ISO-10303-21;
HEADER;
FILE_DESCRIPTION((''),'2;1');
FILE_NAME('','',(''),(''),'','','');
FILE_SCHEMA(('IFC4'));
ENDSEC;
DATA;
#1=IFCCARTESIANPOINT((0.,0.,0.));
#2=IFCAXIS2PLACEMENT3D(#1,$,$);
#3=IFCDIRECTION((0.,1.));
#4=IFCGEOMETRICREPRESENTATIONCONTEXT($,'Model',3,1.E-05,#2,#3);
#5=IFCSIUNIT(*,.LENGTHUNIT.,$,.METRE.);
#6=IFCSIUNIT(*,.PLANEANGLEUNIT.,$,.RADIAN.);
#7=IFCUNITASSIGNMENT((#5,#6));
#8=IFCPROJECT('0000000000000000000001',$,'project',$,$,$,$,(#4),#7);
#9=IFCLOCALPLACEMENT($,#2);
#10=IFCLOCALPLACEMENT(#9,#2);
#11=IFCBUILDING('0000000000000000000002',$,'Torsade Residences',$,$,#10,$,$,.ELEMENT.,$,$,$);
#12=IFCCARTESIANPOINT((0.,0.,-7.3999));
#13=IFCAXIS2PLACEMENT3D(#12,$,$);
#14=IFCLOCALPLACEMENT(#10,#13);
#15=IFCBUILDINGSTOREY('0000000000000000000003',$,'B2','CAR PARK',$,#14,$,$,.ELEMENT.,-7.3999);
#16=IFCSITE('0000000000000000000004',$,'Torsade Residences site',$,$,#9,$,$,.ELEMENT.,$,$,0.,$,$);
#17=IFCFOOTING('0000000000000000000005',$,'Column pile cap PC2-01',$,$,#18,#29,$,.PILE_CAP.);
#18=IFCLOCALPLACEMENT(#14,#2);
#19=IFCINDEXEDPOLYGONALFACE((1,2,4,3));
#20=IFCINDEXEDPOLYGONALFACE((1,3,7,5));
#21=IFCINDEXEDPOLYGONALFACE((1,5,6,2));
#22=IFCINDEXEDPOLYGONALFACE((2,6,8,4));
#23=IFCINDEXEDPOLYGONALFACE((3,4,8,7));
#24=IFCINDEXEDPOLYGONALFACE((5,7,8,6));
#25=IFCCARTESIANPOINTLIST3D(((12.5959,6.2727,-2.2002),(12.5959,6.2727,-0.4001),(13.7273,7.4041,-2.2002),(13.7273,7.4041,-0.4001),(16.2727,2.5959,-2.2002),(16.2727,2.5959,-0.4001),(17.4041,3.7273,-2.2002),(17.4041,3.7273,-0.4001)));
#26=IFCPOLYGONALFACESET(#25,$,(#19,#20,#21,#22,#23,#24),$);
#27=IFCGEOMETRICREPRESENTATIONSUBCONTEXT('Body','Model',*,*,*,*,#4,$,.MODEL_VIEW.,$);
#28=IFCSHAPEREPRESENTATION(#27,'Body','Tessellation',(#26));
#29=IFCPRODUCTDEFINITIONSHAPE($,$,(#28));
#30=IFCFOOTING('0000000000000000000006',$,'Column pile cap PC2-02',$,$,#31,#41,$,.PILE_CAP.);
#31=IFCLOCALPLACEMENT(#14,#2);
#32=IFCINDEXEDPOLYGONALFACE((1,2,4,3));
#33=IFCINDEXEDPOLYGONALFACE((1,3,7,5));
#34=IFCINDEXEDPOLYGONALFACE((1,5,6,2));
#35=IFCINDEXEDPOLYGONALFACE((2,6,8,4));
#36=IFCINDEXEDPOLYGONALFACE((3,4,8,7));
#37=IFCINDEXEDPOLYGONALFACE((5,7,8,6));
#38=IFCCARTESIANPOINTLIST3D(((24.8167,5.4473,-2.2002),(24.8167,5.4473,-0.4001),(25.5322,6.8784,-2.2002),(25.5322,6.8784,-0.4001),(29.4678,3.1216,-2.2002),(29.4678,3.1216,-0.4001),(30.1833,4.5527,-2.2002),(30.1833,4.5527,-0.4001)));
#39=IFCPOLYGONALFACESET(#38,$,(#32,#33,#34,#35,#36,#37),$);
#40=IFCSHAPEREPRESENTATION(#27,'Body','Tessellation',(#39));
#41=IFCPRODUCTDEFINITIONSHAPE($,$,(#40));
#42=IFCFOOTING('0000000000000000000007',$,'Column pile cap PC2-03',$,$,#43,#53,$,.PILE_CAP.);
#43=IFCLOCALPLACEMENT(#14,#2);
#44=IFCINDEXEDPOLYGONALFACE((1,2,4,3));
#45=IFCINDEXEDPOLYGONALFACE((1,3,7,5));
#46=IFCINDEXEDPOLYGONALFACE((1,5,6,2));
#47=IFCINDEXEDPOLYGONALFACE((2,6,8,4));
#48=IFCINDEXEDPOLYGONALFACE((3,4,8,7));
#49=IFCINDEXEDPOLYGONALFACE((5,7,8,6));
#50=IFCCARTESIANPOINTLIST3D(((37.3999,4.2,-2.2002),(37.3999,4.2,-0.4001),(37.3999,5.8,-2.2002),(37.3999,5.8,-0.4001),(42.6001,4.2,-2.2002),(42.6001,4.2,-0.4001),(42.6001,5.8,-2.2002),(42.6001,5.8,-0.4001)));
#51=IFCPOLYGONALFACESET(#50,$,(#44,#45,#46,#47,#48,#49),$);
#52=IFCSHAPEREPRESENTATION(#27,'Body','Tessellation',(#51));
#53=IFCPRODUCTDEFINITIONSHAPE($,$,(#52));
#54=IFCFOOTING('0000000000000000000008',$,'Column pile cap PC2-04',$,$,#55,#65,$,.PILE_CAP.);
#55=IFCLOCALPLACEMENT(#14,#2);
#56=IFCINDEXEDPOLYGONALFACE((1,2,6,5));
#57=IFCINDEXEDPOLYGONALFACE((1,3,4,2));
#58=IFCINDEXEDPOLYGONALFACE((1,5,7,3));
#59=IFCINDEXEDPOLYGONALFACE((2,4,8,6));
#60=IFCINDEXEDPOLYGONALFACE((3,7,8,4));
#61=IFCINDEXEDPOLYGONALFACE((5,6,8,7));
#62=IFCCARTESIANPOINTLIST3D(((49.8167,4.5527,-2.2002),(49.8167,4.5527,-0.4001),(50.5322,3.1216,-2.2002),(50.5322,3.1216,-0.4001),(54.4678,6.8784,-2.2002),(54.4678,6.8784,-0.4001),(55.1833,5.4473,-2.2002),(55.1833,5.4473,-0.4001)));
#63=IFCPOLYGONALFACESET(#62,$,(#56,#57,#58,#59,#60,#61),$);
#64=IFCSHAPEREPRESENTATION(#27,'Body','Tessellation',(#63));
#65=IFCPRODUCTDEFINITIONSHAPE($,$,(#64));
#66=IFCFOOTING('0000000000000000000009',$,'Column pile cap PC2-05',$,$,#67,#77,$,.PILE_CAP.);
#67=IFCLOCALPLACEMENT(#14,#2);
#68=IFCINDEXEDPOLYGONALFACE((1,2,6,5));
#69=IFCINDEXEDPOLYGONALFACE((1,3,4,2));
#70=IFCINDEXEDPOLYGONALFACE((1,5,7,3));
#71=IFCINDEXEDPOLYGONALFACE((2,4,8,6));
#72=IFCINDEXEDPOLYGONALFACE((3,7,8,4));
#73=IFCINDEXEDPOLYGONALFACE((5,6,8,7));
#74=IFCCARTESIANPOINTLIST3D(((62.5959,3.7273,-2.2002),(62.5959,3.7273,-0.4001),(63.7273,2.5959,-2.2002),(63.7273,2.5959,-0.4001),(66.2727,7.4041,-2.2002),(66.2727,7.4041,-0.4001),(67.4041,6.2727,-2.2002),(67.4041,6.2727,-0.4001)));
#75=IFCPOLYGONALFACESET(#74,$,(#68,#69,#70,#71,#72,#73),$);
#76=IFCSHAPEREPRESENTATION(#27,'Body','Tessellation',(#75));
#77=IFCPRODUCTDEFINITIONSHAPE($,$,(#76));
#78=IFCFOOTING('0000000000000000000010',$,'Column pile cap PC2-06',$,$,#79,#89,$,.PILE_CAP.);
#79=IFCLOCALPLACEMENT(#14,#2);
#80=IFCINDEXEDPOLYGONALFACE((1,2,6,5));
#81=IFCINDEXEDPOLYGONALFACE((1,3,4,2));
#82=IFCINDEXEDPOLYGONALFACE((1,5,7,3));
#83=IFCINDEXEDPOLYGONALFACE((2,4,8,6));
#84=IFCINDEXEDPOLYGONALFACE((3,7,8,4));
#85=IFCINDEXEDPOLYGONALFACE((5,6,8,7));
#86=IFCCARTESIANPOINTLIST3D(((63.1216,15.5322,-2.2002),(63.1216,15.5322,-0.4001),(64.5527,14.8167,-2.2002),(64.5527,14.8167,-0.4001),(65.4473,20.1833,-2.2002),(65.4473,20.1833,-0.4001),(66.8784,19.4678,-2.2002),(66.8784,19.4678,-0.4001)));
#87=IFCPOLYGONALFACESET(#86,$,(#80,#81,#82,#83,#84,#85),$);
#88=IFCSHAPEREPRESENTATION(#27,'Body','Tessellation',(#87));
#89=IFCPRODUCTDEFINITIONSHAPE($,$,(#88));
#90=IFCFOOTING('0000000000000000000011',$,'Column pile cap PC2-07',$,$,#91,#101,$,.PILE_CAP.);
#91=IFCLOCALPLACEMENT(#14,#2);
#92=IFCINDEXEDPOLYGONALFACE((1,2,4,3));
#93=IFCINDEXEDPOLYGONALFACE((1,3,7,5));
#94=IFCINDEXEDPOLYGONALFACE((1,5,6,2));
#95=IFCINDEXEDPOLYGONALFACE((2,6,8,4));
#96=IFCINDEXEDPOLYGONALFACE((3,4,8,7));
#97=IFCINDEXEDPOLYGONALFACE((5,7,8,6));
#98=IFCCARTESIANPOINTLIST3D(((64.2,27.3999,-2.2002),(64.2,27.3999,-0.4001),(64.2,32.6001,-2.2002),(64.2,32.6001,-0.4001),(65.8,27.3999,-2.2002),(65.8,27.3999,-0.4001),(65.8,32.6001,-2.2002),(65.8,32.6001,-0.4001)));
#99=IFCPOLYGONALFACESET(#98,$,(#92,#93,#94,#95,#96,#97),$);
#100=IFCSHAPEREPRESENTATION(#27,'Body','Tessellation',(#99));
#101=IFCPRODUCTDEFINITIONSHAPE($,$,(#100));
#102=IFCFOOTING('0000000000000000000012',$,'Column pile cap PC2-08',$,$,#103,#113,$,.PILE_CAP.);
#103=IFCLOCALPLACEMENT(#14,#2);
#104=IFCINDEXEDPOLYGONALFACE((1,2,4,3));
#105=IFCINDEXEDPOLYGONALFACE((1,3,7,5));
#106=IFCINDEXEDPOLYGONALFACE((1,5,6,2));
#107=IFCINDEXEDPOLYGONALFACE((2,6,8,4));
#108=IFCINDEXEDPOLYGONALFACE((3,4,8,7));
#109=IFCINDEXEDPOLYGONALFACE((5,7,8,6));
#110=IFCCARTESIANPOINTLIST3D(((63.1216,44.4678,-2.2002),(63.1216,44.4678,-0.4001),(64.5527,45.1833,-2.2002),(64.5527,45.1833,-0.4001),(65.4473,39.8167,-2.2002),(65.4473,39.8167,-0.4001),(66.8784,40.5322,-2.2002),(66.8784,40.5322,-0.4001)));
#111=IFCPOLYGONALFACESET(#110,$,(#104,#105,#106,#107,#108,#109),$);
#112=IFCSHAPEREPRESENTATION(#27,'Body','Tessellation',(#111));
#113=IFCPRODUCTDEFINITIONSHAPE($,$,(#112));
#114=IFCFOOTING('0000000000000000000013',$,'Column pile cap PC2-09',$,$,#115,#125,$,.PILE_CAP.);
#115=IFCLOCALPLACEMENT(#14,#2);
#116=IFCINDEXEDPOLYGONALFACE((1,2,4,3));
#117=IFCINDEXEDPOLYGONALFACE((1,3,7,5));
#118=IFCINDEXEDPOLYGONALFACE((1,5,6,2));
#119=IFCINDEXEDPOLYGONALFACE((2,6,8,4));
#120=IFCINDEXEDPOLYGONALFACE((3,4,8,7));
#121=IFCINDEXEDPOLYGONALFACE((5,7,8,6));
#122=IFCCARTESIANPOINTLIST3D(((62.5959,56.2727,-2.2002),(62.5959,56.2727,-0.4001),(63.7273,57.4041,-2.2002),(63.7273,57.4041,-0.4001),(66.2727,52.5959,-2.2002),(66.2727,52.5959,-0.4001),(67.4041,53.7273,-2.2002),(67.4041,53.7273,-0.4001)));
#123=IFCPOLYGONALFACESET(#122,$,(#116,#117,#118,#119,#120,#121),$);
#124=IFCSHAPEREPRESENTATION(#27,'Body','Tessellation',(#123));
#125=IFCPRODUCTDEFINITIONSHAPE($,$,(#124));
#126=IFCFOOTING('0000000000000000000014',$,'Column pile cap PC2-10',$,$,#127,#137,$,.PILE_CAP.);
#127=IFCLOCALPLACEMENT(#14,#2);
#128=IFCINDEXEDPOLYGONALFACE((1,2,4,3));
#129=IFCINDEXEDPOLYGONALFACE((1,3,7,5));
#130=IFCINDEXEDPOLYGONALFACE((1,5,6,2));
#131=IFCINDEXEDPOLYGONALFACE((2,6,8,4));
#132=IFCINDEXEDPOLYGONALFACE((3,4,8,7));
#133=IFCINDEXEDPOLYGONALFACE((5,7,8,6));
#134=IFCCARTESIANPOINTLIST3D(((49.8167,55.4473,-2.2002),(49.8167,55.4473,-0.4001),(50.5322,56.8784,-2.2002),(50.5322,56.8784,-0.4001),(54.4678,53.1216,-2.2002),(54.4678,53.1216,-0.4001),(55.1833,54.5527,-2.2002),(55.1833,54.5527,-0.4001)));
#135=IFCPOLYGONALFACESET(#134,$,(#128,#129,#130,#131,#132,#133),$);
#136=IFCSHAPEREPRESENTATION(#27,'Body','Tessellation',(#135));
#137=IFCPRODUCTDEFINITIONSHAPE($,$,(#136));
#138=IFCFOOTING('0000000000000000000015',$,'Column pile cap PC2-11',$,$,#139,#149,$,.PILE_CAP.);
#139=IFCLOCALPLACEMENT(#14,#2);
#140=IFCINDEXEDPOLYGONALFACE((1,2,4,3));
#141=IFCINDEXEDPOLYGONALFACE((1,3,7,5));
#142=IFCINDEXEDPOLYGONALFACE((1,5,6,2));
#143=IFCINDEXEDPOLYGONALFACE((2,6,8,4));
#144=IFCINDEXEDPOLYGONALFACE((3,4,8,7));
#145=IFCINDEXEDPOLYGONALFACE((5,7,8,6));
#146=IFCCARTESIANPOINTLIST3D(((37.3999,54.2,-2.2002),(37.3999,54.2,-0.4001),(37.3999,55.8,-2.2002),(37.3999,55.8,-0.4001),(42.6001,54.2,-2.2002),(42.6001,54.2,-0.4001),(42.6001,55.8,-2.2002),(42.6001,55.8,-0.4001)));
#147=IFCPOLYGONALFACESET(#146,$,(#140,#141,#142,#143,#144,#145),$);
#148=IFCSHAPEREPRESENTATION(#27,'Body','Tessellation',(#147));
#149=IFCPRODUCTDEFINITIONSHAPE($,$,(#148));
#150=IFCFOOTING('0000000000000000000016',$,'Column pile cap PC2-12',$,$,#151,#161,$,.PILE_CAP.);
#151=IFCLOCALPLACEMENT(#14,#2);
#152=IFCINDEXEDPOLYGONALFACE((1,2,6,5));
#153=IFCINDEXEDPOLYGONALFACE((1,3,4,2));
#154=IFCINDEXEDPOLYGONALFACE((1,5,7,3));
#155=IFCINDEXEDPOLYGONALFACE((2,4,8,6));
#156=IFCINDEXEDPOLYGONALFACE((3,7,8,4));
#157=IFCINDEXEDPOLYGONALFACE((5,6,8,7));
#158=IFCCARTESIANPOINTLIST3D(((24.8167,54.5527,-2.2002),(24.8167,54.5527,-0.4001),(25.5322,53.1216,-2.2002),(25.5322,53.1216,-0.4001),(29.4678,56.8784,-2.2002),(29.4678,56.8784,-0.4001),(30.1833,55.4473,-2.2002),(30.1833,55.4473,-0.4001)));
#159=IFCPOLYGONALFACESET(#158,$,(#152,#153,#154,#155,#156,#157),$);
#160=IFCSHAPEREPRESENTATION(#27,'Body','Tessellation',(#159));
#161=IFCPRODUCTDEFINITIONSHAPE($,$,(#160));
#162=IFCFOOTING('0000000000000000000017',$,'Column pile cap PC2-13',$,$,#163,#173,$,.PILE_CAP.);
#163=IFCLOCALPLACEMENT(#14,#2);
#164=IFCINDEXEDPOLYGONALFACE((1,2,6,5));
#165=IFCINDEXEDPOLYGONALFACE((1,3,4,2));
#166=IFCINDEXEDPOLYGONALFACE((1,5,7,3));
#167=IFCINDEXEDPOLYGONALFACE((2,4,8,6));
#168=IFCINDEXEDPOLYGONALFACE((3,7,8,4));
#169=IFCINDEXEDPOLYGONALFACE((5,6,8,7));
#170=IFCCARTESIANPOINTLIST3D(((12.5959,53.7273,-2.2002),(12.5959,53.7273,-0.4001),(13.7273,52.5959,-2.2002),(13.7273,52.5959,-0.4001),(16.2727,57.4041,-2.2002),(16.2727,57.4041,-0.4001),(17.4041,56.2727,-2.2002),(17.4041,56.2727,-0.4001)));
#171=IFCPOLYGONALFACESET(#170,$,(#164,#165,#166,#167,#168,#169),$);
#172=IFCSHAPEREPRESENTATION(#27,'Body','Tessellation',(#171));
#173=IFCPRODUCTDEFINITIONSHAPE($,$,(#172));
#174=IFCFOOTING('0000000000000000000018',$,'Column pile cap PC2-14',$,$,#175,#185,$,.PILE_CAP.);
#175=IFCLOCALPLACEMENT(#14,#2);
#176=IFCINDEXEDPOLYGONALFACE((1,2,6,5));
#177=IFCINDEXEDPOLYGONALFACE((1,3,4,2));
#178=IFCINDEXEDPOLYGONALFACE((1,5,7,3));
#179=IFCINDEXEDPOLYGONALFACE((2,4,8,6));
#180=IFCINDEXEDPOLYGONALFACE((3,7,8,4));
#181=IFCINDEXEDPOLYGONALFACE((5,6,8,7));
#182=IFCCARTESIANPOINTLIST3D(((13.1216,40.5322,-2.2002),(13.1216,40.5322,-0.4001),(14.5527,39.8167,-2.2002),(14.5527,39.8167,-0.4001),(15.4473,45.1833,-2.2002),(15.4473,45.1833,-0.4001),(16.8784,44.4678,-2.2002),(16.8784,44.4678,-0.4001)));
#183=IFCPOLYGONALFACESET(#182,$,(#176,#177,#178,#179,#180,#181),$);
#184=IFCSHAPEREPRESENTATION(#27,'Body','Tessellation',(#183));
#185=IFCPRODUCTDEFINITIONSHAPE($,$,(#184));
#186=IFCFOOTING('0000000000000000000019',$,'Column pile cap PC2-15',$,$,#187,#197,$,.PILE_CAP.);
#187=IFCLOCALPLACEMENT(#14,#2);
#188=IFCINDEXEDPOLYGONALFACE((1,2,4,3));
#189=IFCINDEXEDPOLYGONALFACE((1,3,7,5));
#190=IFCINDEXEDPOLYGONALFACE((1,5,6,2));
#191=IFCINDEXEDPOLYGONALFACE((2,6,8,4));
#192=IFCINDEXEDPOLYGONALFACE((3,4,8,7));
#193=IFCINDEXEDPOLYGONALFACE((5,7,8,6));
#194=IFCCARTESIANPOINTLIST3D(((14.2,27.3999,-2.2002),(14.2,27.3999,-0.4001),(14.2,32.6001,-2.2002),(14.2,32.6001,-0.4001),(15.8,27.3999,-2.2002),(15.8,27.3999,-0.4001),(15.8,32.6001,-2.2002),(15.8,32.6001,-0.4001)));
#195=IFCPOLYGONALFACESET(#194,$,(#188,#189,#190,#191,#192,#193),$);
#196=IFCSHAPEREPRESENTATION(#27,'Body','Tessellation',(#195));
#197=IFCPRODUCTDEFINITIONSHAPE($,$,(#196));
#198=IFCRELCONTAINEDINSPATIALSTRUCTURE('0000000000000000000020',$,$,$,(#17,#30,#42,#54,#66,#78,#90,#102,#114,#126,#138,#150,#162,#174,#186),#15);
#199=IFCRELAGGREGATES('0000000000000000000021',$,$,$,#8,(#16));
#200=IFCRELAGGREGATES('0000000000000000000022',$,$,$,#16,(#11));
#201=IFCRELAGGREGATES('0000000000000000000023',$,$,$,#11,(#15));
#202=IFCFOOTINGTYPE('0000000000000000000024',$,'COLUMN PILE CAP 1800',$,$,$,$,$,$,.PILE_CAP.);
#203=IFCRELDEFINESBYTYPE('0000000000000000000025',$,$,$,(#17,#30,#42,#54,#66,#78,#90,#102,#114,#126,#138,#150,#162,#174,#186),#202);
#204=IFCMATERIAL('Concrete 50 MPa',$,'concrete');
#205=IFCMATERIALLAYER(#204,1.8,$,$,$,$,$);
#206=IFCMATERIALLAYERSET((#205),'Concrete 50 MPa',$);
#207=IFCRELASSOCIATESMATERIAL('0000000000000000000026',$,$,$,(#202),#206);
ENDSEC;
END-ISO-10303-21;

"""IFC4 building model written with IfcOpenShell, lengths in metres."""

from ifc_helpers import new_model, si_unit, direction, frame, origin, place, context, subcontext, project, spatial, polyline, outline, extrude, material, layer, layer_set, type_object, element, save


model = new_model("IFC4")

# Units and contexts
model_context = context("Model", 3, precision=1e-05, world=origin(), true_north=direction((0.0, 1.0)))
body_context = subcontext(model_context, "Body", "Model", "MODEL_VIEW")
ifc_project = project(units=[si_unit("LENGTHUNIT", "METRE"), si_unit("PLANEANGLEUNIT", "RADIAN")], contexts=[model_context])

# Site, building, storey
site_placement = place(None, origin())
site = spatial("IfcSite", under=ifc_project, at=site_placement, Name="Torsade Residences site", CompositionType="ELEMENT", RefElevation=0.0)
building_placement = place(site_placement, origin())
building = spatial("IfcBuilding", under=site, at=building_placement, Name="Torsade Residences", CompositionType="ELEMENT")
storey_placement = place(building_placement, frame((0.0, 0.0, -7.3999)))
storey = spatial("IfcBuildingStorey", under=building, at=storey_placement, Name="B2", Description="CAR PARK", CompositionType="ELEMENT", Elevation=-7.3999)

# Footings
ifc_material_1 = material(Name="Concrete 50 MPa", Category="concrete")
ifc_layer_1 = layer(ifc_material_1, 1.8)
ifc_layer_set_1 = layer_set([ifc_layer_1], Name="Concrete 50 MPa")
footing_type_1 = type_object("IfcFootingType", Name="COLUMN PILE CAP 1800", PredefinedType="PILE_CAP", material=ifc_layer_set_1)
footing_1_placement = place(storey_placement, frame((0.0, 0.0, -2.2002)))
element("IfcFooting", 1, at=footing_1_placement, inside=storey, type_object=footing_type_1, Name="Column pile cap PC2-01", PredefinedType="PILE_CAP", context=body_context, shape_type="SweptSolid", body=[
    extrude(outline(polyline([(12.5959, 6.2727), (16.2727, 2.5959), (17.4041, 3.7273), (13.7273, 7.4041), (12.5959, 6.2727)])), origin(), (0.0, 0.0, 1.0), 1.8),
])
footing_2_placement = place(storey_placement, frame((0.0, 0.0, -2.2002)))
element("IfcFooting", 2, at=footing_2_placement, inside=storey, type_object=footing_type_1, Name="Column pile cap PC2-02", PredefinedType="PILE_CAP", context=body_context, shape_type="SweptSolid", body=[
    extrude(outline(polyline([(24.8167, 5.4473), (29.4678, 3.1216), (30.1833, 4.5527), (25.5322, 6.8784), (24.8167, 5.4473)])), origin(), (0.0, 0.0, 1.0), 1.8),
])
footing_3_placement = place(storey_placement, frame((0.0, 0.0, -2.2002)))
element("IfcFooting", 3, at=footing_3_placement, inside=storey, type_object=footing_type_1, Name="Column pile cap PC2-03", PredefinedType="PILE_CAP", context=body_context, shape_type="SweptSolid", body=[
    extrude(outline(polyline([(37.3999, 4.2), (42.6001, 4.2), (42.6001, 5.8), (37.3999, 5.8), (37.3999, 4.2)])), origin(), (0.0, 0.0, 1.0), 1.8),
])
footing_4_placement = place(storey_placement, frame((0.0, 0.0, -2.2002)))
element("IfcFooting", 4, at=footing_4_placement, inside=storey, type_object=footing_type_1, Name="Column pile cap PC2-04", PredefinedType="PILE_CAP", context=body_context, shape_type="SweptSolid", body=[
    extrude(outline(polyline([(50.5322, 3.1216), (55.1833, 5.4473), (54.4678, 6.8784), (49.8167, 4.5527), (50.5322, 3.1216)])), origin(), (0.0, 0.0, 1.0), 1.8),
])
footing_5_placement = place(storey_placement, frame((0.0, 0.0, -2.2002)))
element("IfcFooting", 5, at=footing_5_placement, inside=storey, type_object=footing_type_1, Name="Column pile cap PC2-05", PredefinedType="PILE_CAP", context=body_context, shape_type="SweptSolid", body=[
    extrude(outline(polyline([(63.7273, 2.5959), (67.4041, 6.2727), (66.2727, 7.4041), (62.5959, 3.7273), (63.7273, 2.5959)])), origin(), (0.0, 0.0, 1.0), 1.8),
])
footing_6_placement = place(storey_placement, frame((0.0, 0.0, -2.2002)))
element("IfcFooting", 6, at=footing_6_placement, inside=storey, type_object=footing_type_1, Name="Column pile cap PC2-06", PredefinedType="PILE_CAP", context=body_context, shape_type="SweptSolid", body=[
    extrude(outline(polyline([(64.5527, 14.8167), (66.8784, 19.4678), (65.4473, 20.1833), (63.1216, 15.5322), (64.5527, 14.8167)])), origin(), (0.0, 0.0, 1.0), 1.8),
])
footing_7_placement = place(storey_placement, frame((0.0, 0.0, -2.2002)))
element("IfcFooting", 7, at=footing_7_placement, inside=storey, type_object=footing_type_1, Name="Column pile cap PC2-07", PredefinedType="PILE_CAP", context=body_context, shape_type="SweptSolid", body=[
    extrude(outline(polyline([(65.8, 27.3999), (65.8, 32.6001), (64.2, 32.6001), (64.2, 27.3999), (65.8, 27.3999)])), origin(), (0.0, 0.0, 1.0), 1.8),
])
footing_8_placement = place(storey_placement, frame((0.0, 0.0, -2.2002)))
element("IfcFooting", 8, at=footing_8_placement, inside=storey, type_object=footing_type_1, Name="Column pile cap PC2-08", PredefinedType="PILE_CAP", context=body_context, shape_type="SweptSolid", body=[
    extrude(outline(polyline([(66.8784, 40.5322), (64.5527, 45.1833), (63.1216, 44.4678), (65.4473, 39.8167), (66.8784, 40.5322)])), origin(), (0.0, 0.0, 1.0), 1.8),
])
footing_9_placement = place(storey_placement, frame((0.0, 0.0, -2.2002)))
element("IfcFooting", 9, at=footing_9_placement, inside=storey, type_object=footing_type_1, Name="Column pile cap PC2-09", PredefinedType="PILE_CAP", context=body_context, shape_type="SweptSolid", body=[
    extrude(outline(polyline([(67.4041, 53.7273), (63.7273, 57.4041), (62.5959, 56.2727), (66.2727, 52.5959), (67.4041, 53.7273)])), origin(), (0.0, 0.0, 1.0), 1.8),
])
footing_10_placement = place(storey_placement, frame((0.0, 0.0, -2.2002)))
element("IfcFooting", 10, at=footing_10_placement, inside=storey, type_object=footing_type_1, Name="Column pile cap PC2-10", PredefinedType="PILE_CAP", context=body_context, shape_type="SweptSolid", body=[
    extrude(outline(polyline([(55.1833, 54.5527), (50.5322, 56.8784), (49.8167, 55.4473), (54.4678, 53.1216), (55.1833, 54.5527)])), origin(), (0.0, 0.0, 1.0), 1.8),
])
footing_11_placement = place(storey_placement, frame((0.0, 0.0, -2.2002)))
element("IfcFooting", 11, at=footing_11_placement, inside=storey, type_object=footing_type_1, Name="Column pile cap PC2-11", PredefinedType="PILE_CAP", context=body_context, shape_type="SweptSolid", body=[
    extrude(outline(polyline([(42.6001, 55.8), (37.3999, 55.8), (37.3999, 54.2), (42.6001, 54.2), (42.6001, 55.8)])), origin(), (0.0, 0.0, 1.0), 1.8),
])
footing_12_placement = place(storey_placement, frame((0.0, 0.0, -2.2002)))
element("IfcFooting", 12, at=footing_12_placement, inside=storey, type_object=footing_type_1, Name="Column pile cap PC2-12", PredefinedType="PILE_CAP", context=body_context, shape_type="SweptSolid", body=[
    extrude(outline(polyline([(29.4678, 56.8784), (24.8167, 54.5527), (25.5322, 53.1216), (30.1833, 55.4473), (29.4678, 56.8784)])), origin(), (0.0, 0.0, 1.0), 1.8),
])
footing_13_placement = place(storey_placement, frame((0.0, 0.0, -2.2002)))
element("IfcFooting", 13, at=footing_13_placement, inside=storey, type_object=footing_type_1, Name="Column pile cap PC2-13", PredefinedType="PILE_CAP", context=body_context, shape_type="SweptSolid", body=[
    extrude(outline(polyline([(16.2727, 57.4041), (12.5959, 53.7273), (13.7273, 52.5959), (17.4041, 56.2727), (16.2727, 57.4041)])), origin(), (0.0, 0.0, 1.0), 1.8),
])
footing_14_placement = place(storey_placement, frame((0.0, 0.0, -2.2002)))
element("IfcFooting", 14, at=footing_14_placement, inside=storey, type_object=footing_type_1, Name="Column pile cap PC2-14", PredefinedType="PILE_CAP", context=body_context, shape_type="SweptSolid", body=[
    extrude(outline(polyline([(15.4473, 45.1833), (13.1216, 40.5322), (14.5527, 39.8167), (16.8784, 44.4678), (15.4473, 45.1833)])), origin(), (0.0, 0.0, 1.0), 1.8),
])
footing_15_placement = place(storey_placement, frame((0.0, 0.0, -2.2002)))
element("IfcFooting", 15, at=footing_15_placement, inside=storey, type_object=footing_type_1, Name="Column pile cap PC2-15", PredefinedType="PILE_CAP", context=body_context, shape_type="SweptSolid", body=[
    extrude(outline(polyline([(14.2, 32.6001), (14.2, 27.3999), (15.8, 27.3999), (15.8, 32.6001), (14.2, 32.6001)])), origin(), (0.0, 0.0, 1.0), 1.8),
])

save(model, "model.ifc")
